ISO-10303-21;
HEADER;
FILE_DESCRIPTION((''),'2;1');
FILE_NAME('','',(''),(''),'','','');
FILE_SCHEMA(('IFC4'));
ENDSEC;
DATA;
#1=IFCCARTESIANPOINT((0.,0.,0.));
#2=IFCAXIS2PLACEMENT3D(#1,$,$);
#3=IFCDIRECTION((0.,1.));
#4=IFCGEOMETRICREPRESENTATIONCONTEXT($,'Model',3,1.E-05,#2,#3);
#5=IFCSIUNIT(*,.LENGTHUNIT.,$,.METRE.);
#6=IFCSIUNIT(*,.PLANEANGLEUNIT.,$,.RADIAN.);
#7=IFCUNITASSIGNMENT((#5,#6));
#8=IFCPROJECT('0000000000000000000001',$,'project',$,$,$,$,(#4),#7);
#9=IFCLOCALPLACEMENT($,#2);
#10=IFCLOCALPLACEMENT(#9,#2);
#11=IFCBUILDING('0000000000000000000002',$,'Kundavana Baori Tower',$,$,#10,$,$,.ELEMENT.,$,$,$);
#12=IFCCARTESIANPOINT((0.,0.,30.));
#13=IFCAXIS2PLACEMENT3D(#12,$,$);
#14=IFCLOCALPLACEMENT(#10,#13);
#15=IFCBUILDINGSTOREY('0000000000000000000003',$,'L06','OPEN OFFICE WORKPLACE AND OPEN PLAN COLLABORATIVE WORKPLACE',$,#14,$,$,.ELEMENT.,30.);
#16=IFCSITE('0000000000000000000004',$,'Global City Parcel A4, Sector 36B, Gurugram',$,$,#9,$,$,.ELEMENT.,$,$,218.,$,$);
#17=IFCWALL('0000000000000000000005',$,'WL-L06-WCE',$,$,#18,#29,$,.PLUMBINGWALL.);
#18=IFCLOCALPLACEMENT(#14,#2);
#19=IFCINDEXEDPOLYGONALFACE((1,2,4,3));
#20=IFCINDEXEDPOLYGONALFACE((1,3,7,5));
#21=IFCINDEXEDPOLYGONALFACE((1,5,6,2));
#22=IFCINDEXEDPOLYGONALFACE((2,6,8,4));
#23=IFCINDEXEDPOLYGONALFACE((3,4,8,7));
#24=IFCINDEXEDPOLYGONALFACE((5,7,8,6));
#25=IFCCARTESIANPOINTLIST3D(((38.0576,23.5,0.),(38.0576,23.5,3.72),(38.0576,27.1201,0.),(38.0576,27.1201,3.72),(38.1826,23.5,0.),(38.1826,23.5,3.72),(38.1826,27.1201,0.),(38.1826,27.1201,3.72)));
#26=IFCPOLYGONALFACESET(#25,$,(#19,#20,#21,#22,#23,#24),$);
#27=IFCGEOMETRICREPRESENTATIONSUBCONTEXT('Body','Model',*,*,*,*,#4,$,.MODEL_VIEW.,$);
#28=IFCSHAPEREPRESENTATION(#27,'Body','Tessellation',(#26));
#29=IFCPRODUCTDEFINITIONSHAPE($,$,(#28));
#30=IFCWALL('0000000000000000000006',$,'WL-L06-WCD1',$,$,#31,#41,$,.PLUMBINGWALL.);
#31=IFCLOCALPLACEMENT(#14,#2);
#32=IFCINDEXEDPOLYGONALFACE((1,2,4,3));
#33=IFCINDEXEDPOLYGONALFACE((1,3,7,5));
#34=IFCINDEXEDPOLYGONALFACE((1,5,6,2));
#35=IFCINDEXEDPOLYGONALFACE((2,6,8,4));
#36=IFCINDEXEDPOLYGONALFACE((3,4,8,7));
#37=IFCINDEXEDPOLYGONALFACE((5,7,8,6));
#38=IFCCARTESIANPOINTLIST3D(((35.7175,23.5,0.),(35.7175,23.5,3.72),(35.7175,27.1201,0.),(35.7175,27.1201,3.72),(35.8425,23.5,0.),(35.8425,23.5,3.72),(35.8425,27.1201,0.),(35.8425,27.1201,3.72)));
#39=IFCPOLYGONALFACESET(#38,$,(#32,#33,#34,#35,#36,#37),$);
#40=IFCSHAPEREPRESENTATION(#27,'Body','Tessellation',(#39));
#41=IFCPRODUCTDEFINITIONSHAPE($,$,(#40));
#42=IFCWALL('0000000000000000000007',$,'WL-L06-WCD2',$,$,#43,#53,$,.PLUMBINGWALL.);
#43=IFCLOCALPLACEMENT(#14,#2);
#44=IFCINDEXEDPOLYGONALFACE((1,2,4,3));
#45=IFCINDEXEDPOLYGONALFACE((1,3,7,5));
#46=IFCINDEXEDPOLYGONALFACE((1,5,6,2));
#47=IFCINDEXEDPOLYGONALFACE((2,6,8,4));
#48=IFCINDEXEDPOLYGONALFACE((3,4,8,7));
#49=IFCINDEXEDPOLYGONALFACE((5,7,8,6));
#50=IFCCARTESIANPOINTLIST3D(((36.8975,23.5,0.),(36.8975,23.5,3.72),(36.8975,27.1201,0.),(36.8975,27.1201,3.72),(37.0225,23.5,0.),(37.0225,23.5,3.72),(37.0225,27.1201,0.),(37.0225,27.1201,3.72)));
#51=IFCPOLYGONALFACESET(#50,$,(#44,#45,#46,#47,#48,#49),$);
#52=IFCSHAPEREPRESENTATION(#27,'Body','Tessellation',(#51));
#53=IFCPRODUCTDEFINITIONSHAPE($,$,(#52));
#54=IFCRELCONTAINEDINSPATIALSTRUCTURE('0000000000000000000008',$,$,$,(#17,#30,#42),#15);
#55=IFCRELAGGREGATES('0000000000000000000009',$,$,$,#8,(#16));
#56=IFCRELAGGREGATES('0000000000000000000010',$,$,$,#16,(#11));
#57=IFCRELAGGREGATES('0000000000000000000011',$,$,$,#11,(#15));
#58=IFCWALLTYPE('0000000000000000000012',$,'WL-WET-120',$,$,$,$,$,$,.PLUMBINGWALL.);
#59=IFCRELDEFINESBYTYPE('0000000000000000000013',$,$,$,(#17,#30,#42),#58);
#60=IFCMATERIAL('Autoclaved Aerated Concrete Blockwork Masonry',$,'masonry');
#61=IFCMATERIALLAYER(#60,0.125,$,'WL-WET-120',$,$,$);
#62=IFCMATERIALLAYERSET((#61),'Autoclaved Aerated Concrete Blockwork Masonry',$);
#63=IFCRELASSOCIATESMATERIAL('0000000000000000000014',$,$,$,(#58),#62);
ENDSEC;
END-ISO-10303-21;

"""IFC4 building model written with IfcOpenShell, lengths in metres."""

from ifc_helpers import new_model, si_unit, direction, frame, frame_2d, origin, place, context, subcontext, project, spatial, rectangle, extrude, material, layer, layer_set, type_object, element, save


model = new_model("IFC4")

# Units and contexts
model_context = context("Model", 3, precision=1e-05, world=origin(), true_north=direction((0.0, 1.0)))
body_context = subcontext(model_context, "Body", "Model", "MODEL_VIEW")
ifc_project = project(units=[si_unit("LENGTHUNIT", "METRE"), si_unit("PLANEANGLEUNIT", "RADIAN")], contexts=[model_context])

# Site, building, storey
site_placement = place(None, origin())
site = spatial("IfcSite", under=ifc_project, at=site_placement, Name="Global City Parcel A4, Sector 36B, Gurugram", CompositionType="ELEMENT", RefElevation=218.0)
building_placement = place(site_placement, origin())
building = spatial("IfcBuilding", under=site, at=building_placement, Name="Kundavana Baori Tower", CompositionType="ELEMENT")
storey_placement = place(building_placement, frame((0.0, 0.0, 30.0)))
storey = spatial("IfcBuildingStorey", under=building, at=storey_placement, Name="L06", Description="OPEN OFFICE WORKPLACE AND OPEN PLAN COLLABORATIVE WORKPLACE", CompositionType="ELEMENT", Elevation=30.0)

# Walls
ifc_material_1 = material(Name="Autoclaved Aerated Concrete Blockwork Masonry", Category="masonry")
ifc_layer_1 = layer(ifc_material_1, 0.125, Name="WL-WET-120")
ifc_layer_set_1 = layer_set([ifc_layer_1], Name="Autoclaved Aerated Concrete Blockwork Masonry")
wall_type_1 = type_object("IfcWallType", Name="WL-WET-120", PredefinedType="PLUMBINGWALL", material=ifc_layer_set_1)
for number, where, z_axis, x_axis, name in (
    (1, (38.1201, 23.5, 0.0), (0.0, 0.0, 1.0), (0.0, 1.0, 0.0), "WL-L06-WCE"),
    (2, (35.78, 23.5, 0.0), (0.0, 0.0, 1.0), (0.0, 1.0, 0.0), "WL-L06-WCD1"),
    (3, (36.96, 23.5, 0.0), (0.0, 0.0, 1.0), (0.0, 1.0, 0.0), "WL-L06-WCD2"),
):
    element("IfcWall", number, at=place(storey_placement, frame(where, z_axis=z_axis, x_axis=x_axis)), inside=storey, type_object=wall_type_1, Name=name, PredefinedType="PLUMBINGWALL", context=body_context, shape_type="SweptSolid", body=[
        extrude(rectangle(XDim=3.6201, YDim=0.125, at=frame_2d((1.8101, 0.0))), origin(), (0.0, 0.0, 1.0), 3.72),
    ])

save(model, "model.ifc")
